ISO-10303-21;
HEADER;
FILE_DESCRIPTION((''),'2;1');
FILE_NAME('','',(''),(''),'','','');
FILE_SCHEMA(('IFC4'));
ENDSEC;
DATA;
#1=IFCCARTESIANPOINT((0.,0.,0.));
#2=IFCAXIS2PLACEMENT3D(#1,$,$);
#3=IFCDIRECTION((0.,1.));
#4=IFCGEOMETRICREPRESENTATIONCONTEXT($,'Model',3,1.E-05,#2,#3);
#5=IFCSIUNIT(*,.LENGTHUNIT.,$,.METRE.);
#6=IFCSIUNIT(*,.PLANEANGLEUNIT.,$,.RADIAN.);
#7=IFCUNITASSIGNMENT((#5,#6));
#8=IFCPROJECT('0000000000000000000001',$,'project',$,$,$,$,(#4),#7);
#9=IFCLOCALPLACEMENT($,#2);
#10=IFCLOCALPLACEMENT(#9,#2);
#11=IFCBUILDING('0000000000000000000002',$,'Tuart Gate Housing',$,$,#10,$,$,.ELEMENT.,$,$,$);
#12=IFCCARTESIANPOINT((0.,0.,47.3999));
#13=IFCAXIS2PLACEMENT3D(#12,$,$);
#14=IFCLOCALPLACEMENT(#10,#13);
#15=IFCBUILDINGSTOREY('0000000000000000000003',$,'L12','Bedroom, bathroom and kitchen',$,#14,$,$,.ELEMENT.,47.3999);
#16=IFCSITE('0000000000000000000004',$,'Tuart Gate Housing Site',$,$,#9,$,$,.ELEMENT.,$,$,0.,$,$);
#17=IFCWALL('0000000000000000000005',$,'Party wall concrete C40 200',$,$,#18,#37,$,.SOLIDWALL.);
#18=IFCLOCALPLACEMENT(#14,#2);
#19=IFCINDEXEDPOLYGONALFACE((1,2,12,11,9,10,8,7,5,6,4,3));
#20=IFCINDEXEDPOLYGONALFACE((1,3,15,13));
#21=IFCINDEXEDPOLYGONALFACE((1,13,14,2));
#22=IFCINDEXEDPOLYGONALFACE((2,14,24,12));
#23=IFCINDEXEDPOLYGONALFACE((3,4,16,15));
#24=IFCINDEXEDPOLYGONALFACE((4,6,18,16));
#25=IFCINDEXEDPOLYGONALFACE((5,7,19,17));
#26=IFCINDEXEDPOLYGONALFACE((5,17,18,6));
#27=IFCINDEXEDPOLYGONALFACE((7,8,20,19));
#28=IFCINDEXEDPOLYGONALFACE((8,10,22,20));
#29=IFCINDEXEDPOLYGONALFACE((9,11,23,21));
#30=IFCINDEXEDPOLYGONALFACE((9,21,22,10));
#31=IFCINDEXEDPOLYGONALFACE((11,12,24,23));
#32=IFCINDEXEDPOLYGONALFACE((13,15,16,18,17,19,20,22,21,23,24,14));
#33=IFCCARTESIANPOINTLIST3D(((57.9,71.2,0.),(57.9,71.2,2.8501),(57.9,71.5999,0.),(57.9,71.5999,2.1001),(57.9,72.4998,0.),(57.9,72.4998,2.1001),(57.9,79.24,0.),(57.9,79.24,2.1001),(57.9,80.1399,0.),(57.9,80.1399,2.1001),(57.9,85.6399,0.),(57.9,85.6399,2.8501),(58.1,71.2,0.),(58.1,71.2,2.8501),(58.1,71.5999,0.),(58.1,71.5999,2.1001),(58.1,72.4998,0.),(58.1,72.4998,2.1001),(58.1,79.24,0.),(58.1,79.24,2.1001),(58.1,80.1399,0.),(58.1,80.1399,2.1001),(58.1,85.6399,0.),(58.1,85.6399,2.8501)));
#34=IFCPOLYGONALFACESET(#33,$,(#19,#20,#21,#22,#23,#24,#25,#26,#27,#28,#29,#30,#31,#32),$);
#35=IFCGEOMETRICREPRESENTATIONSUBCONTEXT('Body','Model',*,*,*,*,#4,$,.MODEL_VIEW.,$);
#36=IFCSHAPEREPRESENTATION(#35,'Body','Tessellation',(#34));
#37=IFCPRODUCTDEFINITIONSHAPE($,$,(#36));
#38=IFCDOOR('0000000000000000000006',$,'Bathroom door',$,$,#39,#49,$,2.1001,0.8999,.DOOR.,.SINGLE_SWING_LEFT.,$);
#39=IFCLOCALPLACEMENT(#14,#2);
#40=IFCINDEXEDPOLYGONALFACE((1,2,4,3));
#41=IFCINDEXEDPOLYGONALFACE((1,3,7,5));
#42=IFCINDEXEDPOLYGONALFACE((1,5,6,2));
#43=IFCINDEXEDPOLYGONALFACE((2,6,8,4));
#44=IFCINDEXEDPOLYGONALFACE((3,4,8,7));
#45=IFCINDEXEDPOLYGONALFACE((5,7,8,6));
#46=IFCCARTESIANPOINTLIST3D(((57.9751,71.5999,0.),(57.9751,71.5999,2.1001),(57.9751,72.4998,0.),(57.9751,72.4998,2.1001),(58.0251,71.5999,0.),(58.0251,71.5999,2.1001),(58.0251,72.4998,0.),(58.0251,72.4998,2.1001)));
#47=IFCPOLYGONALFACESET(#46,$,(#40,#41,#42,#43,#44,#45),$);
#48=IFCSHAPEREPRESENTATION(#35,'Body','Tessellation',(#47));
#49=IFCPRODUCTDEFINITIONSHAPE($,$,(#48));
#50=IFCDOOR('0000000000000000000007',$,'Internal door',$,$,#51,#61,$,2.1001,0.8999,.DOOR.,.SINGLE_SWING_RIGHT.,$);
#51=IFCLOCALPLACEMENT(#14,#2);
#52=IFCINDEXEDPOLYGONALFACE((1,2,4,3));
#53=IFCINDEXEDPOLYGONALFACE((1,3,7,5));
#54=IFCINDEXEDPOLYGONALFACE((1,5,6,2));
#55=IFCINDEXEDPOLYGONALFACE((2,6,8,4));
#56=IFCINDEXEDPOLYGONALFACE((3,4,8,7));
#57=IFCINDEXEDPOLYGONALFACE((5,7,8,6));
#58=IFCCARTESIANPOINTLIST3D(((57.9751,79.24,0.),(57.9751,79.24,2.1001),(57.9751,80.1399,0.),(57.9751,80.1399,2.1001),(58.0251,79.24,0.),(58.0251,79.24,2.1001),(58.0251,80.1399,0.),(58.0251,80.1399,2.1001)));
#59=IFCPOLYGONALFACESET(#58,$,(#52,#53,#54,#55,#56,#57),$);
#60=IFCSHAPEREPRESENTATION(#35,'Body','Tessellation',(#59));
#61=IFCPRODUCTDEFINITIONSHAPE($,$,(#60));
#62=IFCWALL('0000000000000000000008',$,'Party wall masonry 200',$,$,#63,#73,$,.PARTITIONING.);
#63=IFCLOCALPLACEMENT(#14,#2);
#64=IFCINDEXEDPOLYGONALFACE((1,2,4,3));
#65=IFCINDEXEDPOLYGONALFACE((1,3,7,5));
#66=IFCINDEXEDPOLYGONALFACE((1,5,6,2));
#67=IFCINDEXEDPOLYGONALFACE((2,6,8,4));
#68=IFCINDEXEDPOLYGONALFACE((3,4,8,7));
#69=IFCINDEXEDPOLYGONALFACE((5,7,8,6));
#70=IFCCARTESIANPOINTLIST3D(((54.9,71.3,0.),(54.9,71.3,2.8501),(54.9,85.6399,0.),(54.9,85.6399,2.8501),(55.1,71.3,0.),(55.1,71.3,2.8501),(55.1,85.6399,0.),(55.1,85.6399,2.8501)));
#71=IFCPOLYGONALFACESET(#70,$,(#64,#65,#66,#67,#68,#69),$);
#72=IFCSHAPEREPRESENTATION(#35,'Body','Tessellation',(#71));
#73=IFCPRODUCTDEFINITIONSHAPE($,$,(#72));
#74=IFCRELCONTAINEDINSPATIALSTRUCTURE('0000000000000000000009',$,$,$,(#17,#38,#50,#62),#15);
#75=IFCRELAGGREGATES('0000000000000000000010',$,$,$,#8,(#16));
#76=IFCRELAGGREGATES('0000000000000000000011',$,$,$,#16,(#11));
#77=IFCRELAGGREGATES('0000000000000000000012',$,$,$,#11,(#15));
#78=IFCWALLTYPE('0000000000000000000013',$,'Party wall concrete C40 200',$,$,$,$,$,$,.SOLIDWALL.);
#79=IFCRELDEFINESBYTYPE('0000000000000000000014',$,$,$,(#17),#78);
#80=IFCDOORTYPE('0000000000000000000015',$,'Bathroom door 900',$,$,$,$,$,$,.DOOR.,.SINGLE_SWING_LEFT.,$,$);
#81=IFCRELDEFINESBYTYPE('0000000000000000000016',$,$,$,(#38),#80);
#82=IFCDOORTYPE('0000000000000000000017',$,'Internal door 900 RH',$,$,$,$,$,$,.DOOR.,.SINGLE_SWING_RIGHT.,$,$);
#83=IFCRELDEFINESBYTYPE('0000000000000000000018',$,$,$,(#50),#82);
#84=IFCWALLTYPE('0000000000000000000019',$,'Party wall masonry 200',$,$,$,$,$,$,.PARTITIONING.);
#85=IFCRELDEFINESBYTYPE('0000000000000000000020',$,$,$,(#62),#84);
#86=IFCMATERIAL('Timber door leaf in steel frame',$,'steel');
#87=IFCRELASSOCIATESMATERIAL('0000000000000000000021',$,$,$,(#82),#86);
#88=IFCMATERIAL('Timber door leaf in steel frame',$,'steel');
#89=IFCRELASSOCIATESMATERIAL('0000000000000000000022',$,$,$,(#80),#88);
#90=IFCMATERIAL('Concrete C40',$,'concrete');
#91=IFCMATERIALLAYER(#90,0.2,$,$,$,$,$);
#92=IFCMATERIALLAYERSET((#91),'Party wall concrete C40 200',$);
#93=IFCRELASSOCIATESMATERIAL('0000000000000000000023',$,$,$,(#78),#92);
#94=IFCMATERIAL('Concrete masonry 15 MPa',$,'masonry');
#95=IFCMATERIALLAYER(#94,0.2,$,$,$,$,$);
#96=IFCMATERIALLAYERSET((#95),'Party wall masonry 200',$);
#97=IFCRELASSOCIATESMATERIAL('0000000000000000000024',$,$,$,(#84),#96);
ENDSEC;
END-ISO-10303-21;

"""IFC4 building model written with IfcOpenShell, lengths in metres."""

from ifc_helpers import new_model, si_unit, direction, frame, frame_2d, origin, place, context, subcontext, project, spatial, rectangle, extrude, material, layer, layer_set, type_object, element, fill, save


model = new_model("IFC4")

# Units and contexts
model_context = context("Model", 3, precision=1e-05, world=origin(), true_north=direction((0.0, 1.0)))
body_context = subcontext(model_context, "Body", "Model", "MODEL_VIEW")
ifc_project = project(units=[si_unit("LENGTHUNIT", "METRE"), si_unit("PLANEANGLEUNIT", "RADIAN")], contexts=[model_context])

# Site, building, storey
site_placement = place(None, origin())
site = spatial("IfcSite", under=ifc_project, at=site_placement, Name="Tuart Gate Housing Site", CompositionType="ELEMENT", RefElevation=0.0)
building_placement = place(site_placement, origin())
building = spatial("IfcBuilding", under=site, at=building_placement, Name="Tuart Gate Housing", CompositionType="ELEMENT")
storey_placement = place(building_placement, frame((0.0, 0.0, 47.3999)))
storey = spatial("IfcBuildingStorey", under=building, at=storey_placement, Name="L12", Description="Bedroom, bathroom and kitchen", CompositionType="ELEMENT", Elevation=47.3999)

# Shared definitions
ifc_material_1 = material(Name="Timber door leaf in steel frame", Category="steel")
door_type_1 = type_object("IfcDoorType", Name="Internal door 900 RH", OperationType="SINGLE_SWING_RIGHT", PredefinedType="DOOR", material=ifc_material_1)

# Shared definitions
ifc_material_2 = material(Name="Timber door leaf in steel frame", Category="steel")
door_type_2 = type_object("IfcDoorType", Name="Bathroom door 900", OperationType="SINGLE_SWING_LEFT", PredefinedType="DOOR", material=ifc_material_2)

# Shared definitions
ifc_material_3 = material(Name="Concrete C40", Category="concrete")
ifc_layer_1 = layer(ifc_material_3, 0.2)
ifc_layer_set_1 = layer_set([ifc_layer_1], Name="Party wall concrete C40 200")
wall_type_1 = type_object("IfcWallType", Name="Party wall concrete C40 200", PredefinedType="SOLIDWALL", material=ifc_layer_set_1)

# Wall, openings, doors
wall_1_placement = place(storey_placement, frame((58.0, 71.2, 0.0), z_axis=(0.0, 0.0, 1.0), x_axis=(0.0, 1.0, 0.0)))
wall_1 = element("IfcWall", 1, at=wall_1_placement, inside=storey, type_object=wall_type_1, Name="Party wall concrete C40 200", PredefinedType="SOLIDWALL", context=body_context, shape_type="SweptSolid", body=[
    extrude(rectangle(XDim=14.4399, YDim=0.2, at=frame_2d((7.22, 0.0))), origin(), (0.0, 0.0, 1.0), 2.8501),
])
opening_1_placement = place(wall_1_placement, frame((8.04, 0.0, 0.0)))
opening_1 = element("IfcOpeningElement", 2, at=opening_1_placement, cuts=wall_1, PredefinedType="OPENING", context=body_context, shape_type="SweptSolid", body=[
    extrude(rectangle(XDim=0.8999, YDim=2.1001, at=frame_2d((0.45, 1.05))), frame((0.0, 0.1099, 0.0), z_axis=(0.0, -1.0, 0.0), x_axis=(1.0, 0.0, 0.0)), (0.0, 0.0, 1.0), 0.22),
])
opening_2_placement = place(wall_1_placement, frame((0.3999, 0.0, 0.0)))
opening_2 = element("IfcOpeningElement", 3, at=opening_2_placement, cuts=wall_1, PredefinedType="OPENING", context=body_context, shape_type="SweptSolid", body=[
    extrude(rectangle(XDim=0.8999, YDim=2.1001, at=frame_2d((0.45, 1.05))), frame((0.0, 0.1099, 0.0), z_axis=(0.0, -1.0, 0.0), x_axis=(1.0, 0.0, 0.0)), (0.0, 0.0, 1.0), 0.22),
])
door_1_placement = place(opening_2_placement, origin())
door_1 = element("IfcDoor", 4, at=door_1_placement, inside=storey, type_object=door_type_2, Name="Bathroom door", OperationType="SINGLE_SWING_LEFT", OverallHeight=2.1001, OverallWidth=0.8999, PredefinedType="DOOR", context=body_context, shape_type="SweptSolid", body=[
    extrude(rectangle(XDim=0.8999, YDim=2.1001, at=frame_2d((0.45, 1.05))), frame((0.0, 0.0249, 0.0), z_axis=(0.0, -1.0, 0.0), x_axis=(1.0, 0.0, 0.0)), (0.0, 0.0, 1.0), 0.05),
])
fill(opening_2, door_1)
door_2_placement = place(opening_1_placement, origin())
door_2 = element("IfcDoor", 5, at=door_2_placement, inside=storey, type_object=door_type_1, Name="Internal door", OperationType="SINGLE_SWING_RIGHT", OverallHeight=2.1001, OverallWidth=0.8999, PredefinedType="DOOR", context=body_context, shape_type="SweptSolid", body=[
    extrude(rectangle(XDim=0.8999, YDim=2.1001, at=frame_2d((0.45, 1.05))), frame((0.0, 0.0249, 0.0), z_axis=(0.0, -1.0, 0.0), x_axis=(1.0, 0.0, 0.0)), (0.0, 0.0, 1.0), 0.05),
])
fill(opening_1, door_2)

# Wall
ifc_material_4 = material(Name="Concrete masonry 15 MPa", Category="masonry")
ifc_layer_2 = layer(ifc_material_4, 0.2)
ifc_layer_set_2 = layer_set([ifc_layer_2], Name="Party wall masonry 200")
wall_type_2 = type_object("IfcWallType", Name="Party wall masonry 200", PredefinedType="PARTITIONING", material=ifc_layer_set_2)
wall_2_placement = place(storey_placement, frame((55.0, 71.3, 0.0), z_axis=(0.0, 0.0, 1.0), x_axis=(0.0, 1.0, 0.0)))
element("IfcWall", 6, at=wall_2_placement, inside=storey, type_object=wall_type_2, Name="Party wall masonry 200", PredefinedType="PARTITIONING", context=body_context, shape_type="SweptSolid", body=[
    extrude(rectangle(XDim=14.3398, YDim=0.2, at=frame_2d((7.1699, 0.0))), origin(), (0.0, 0.0, 1.0), 2.8501),
])

save(model, "model.ifc")
